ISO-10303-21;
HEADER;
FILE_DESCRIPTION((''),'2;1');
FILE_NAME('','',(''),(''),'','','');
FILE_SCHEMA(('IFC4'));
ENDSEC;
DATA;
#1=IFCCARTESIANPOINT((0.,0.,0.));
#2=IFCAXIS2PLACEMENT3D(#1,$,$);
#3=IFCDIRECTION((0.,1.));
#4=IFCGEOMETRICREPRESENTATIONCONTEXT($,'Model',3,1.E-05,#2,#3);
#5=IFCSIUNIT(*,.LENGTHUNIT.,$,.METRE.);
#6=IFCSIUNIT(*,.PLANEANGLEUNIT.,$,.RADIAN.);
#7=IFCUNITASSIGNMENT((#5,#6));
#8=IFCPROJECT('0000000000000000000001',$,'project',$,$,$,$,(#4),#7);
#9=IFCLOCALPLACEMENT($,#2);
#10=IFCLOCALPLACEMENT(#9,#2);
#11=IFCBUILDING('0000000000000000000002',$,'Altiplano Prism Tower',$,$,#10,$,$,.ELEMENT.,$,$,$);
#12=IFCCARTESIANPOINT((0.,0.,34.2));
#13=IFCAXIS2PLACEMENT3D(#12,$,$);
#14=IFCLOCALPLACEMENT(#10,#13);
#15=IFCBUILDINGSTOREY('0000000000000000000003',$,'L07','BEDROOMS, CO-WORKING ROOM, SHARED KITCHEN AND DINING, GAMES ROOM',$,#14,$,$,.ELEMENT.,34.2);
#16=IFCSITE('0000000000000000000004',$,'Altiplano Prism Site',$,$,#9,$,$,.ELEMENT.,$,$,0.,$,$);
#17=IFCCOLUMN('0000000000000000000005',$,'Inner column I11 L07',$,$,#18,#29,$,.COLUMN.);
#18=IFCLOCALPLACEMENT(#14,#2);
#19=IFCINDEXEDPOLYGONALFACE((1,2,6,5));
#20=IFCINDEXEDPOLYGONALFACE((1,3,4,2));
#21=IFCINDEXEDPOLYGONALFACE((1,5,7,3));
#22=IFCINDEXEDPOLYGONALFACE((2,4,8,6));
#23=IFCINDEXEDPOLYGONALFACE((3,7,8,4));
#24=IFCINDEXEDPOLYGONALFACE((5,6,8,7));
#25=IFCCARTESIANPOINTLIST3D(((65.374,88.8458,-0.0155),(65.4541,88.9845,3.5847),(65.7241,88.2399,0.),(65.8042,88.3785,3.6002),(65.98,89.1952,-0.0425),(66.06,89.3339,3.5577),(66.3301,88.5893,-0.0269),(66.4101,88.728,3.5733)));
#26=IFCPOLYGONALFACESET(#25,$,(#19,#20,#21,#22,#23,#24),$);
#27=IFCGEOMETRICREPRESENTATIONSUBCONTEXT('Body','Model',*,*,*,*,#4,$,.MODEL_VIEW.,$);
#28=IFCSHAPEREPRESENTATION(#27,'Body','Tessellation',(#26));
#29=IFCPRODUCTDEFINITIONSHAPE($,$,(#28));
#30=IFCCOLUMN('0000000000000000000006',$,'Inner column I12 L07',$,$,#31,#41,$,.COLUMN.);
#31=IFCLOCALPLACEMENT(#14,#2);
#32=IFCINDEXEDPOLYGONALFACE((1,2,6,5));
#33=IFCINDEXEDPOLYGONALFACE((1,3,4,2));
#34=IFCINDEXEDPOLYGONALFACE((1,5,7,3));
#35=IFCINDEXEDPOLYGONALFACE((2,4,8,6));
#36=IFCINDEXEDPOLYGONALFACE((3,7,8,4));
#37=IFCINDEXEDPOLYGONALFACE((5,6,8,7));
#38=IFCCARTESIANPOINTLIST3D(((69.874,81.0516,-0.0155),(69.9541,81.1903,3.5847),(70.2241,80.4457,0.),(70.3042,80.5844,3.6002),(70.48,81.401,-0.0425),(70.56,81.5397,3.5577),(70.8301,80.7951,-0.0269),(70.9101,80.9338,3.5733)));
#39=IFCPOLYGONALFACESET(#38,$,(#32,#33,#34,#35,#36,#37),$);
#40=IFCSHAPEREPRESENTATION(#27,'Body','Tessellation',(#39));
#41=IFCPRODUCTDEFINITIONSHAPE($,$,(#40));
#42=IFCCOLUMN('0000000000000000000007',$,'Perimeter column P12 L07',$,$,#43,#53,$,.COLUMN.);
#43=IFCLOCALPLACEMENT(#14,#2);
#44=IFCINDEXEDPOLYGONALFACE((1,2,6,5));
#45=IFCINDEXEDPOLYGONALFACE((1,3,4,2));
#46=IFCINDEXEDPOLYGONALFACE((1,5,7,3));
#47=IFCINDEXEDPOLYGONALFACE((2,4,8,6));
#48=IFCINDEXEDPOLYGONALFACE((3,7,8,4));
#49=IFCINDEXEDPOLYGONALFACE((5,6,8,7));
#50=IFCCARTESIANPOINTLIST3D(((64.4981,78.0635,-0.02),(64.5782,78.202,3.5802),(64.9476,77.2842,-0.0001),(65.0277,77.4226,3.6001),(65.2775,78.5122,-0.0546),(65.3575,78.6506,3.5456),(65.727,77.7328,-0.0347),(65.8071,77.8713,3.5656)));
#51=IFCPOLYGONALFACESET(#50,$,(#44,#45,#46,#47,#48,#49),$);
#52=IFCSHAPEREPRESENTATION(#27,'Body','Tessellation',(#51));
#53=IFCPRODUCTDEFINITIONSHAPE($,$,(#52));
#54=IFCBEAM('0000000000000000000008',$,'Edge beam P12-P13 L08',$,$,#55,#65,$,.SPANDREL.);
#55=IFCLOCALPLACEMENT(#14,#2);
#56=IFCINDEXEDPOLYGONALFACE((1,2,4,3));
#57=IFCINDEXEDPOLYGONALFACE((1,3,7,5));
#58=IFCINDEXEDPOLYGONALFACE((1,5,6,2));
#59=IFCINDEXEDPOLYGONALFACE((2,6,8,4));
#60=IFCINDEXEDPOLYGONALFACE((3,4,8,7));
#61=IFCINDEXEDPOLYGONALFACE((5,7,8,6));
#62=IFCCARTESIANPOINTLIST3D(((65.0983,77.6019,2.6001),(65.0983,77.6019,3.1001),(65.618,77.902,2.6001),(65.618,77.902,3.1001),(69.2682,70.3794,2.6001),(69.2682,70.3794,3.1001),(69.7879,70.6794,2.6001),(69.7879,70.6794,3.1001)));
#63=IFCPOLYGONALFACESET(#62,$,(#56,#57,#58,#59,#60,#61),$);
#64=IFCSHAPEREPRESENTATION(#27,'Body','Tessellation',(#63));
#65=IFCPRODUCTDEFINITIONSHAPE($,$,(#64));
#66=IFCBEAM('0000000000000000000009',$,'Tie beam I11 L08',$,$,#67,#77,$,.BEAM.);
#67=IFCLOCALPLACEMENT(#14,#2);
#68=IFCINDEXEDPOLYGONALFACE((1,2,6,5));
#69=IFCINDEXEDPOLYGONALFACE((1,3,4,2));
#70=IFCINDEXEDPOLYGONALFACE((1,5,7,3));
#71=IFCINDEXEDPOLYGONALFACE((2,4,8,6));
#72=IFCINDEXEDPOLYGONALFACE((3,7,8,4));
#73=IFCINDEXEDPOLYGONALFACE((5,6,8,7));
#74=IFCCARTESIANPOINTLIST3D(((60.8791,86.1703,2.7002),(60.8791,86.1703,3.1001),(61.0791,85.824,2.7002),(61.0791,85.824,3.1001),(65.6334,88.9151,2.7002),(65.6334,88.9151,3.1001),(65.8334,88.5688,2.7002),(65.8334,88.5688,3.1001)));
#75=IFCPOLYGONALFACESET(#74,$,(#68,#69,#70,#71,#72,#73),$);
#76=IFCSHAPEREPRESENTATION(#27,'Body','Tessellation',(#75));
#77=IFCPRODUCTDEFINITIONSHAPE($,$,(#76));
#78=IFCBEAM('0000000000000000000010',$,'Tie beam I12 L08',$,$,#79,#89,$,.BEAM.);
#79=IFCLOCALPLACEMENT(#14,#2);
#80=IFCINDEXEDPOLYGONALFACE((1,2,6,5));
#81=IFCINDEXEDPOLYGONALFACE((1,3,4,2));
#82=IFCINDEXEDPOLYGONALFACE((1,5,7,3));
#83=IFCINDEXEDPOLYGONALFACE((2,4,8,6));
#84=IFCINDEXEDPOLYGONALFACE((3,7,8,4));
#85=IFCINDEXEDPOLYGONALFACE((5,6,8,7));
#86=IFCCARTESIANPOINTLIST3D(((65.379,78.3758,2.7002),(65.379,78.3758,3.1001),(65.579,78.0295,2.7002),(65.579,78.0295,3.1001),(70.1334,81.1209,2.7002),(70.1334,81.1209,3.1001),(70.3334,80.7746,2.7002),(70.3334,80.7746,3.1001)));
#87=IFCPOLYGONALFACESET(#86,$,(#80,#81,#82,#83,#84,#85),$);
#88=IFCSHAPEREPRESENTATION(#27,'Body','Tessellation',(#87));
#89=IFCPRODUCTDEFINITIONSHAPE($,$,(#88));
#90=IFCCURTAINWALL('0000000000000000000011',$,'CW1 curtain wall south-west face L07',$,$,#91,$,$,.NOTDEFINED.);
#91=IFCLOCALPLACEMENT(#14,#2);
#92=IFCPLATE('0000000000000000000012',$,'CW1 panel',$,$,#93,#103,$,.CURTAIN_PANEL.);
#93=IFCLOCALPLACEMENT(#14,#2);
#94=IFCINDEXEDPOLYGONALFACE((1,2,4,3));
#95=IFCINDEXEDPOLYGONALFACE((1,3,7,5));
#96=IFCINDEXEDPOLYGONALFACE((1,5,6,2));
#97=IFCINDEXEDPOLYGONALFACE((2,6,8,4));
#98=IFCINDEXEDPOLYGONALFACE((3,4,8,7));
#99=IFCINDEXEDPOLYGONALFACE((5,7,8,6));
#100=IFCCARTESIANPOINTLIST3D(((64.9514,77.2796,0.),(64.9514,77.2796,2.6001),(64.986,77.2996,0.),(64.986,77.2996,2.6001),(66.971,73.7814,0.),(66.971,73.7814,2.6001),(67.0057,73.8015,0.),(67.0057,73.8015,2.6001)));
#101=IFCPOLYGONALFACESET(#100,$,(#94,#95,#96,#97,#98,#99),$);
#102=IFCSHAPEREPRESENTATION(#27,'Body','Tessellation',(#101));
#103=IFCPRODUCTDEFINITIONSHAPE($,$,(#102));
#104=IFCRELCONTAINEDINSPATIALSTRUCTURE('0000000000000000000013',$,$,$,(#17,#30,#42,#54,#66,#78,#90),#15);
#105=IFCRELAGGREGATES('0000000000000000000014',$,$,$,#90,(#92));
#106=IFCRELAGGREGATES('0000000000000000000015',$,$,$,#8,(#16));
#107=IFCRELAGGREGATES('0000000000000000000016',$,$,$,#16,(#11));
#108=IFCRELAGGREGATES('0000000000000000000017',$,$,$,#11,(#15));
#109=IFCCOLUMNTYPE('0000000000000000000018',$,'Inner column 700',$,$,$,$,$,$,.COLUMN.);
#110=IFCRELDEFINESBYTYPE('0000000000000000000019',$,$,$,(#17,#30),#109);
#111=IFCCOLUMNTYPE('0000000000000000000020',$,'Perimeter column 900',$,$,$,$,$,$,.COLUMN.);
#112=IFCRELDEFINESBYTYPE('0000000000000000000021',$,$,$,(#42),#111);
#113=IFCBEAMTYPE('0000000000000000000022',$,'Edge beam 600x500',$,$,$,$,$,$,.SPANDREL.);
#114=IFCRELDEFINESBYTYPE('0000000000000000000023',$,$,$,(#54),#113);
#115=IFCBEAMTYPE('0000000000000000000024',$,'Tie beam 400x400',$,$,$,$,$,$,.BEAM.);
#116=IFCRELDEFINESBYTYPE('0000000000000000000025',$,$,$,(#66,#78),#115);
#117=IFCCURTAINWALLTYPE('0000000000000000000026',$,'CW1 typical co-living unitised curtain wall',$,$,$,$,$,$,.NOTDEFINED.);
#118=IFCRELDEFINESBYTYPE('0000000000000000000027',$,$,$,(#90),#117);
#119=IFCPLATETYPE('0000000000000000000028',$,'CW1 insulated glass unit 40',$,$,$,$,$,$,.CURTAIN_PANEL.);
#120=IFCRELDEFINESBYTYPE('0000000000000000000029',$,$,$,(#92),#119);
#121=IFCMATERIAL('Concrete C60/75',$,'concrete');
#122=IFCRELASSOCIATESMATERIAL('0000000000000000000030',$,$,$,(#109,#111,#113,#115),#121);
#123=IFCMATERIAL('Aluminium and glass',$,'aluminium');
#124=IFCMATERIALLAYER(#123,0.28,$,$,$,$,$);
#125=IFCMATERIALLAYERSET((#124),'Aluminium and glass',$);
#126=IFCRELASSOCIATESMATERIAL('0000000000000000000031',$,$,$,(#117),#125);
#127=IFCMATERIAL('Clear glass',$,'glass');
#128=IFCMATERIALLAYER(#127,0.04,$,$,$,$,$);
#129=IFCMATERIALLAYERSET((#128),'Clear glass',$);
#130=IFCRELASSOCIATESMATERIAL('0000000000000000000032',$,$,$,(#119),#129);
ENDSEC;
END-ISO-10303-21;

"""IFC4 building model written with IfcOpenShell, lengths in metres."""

from ifc_helpers import new_model, si_unit, direction, frame, origin, origin_2d, place, context, subcontext, project, spatial, rectangle, extrude, material, layer, layer_set, material_profile, profile_set, type_object, element, aggregate, save


model = new_model("IFC4")

# Units and contexts
model_context = context("Model", 3, precision=1e-05, world=origin(), true_north=direction((0.0, 1.0)))
body_context = subcontext(model_context, "Body", "Model", "MODEL_VIEW")
ifc_project = project(units=[si_unit("LENGTHUNIT", "METRE"), si_unit("PLANEANGLEUNIT", "RADIAN")], contexts=[model_context])

# Site, building, storey
site_placement = place(None, origin())
site = spatial("IfcSite", under=ifc_project, at=site_placement, Name="Altiplano Prism Site", CompositionType="ELEMENT", RefElevation=0.0)
building_placement = place(site_placement, origin())
building = spatial("IfcBuilding", under=site, at=building_placement, Name="Altiplano Prism Tower", CompositionType="ELEMENT")
storey_placement = place(building_placement, frame((0.0, 0.0, 34.2)))
storey = spatial("IfcBuildingStorey", under=building, at=storey_placement, Name="L07", Description="BEDROOMS, CO-WORKING ROOM, SHARED KITCHEN AND DINING, GAMES ROOM", CompositionType="ELEMENT", Elevation=34.2)

# Columns
ifc_material_1 = material(Name="Concrete C60/75", Category="concrete")
ifc_material_profile_1 = material_profile(ifc_material_1, rectangle(XDim=0.7, YDim=0.7, at=origin_2d()), Name="Inner column 700")
ifc_profile_set_1 = profile_set([ifc_material_profile_1], Name="Concrete C60/75")
column_type_1 = type_object("IfcColumnType", Name="Inner column 700", PredefinedType="COLUMN", material=ifc_profile_set_1)
for number, where, z_axis, x_axis, name in (
    (1, (65.8521, 88.7175, -0.0212), (0.022221, 0.038481, 0.999012), (-0.865642, -0.499182, 0.038483), "Inner column I11 L07"),
    (2, (70.3521, 80.9233, -0.0212), (0.022221, 0.038481, 0.999012), (-0.865639, -0.499187, 0.038483), "Inner column I12 L07"),
):
    element("IfcColumn", number, at=place(storey_placement, frame(where, z_axis=z_axis, x_axis=x_axis)), inside=storey, type_object=column_type_1, Name=name, PredefinedType="COLUMN", context=body_context, shape_type="SweptSolid", body=[
        extrude(rectangle(XDim=0.7, YDim=0.7, at=origin_2d()), origin(), (0.0, 0.0, 1.0), 3.6038),
    ])
ifc_material_profile_2 = material_profile(ifc_material_1, rectangle(XDim=0.8999, YDim=0.8999, at=origin_2d()), Name="Perimeter column 900")
ifc_profile_set_2 = profile_set([ifc_material_profile_2], Name="Concrete C60/75")
column_type_2 = type_object("IfcColumnType", Name="Perimeter column 900", PredefinedType="COLUMN", material=ifc_profile_set_2)
column_placement = place(storey_placement, frame((65.1125, 77.8982, -0.0273), z_axis=(0.022221, 0.038413, 0.999015), x_axis=(-0.866021, -0.498528, 0.038432)))
element("IfcColumn", 3, at=column_placement, inside=storey, type_object=column_type_2, Name="Perimeter column P12 L07", PredefinedType="COLUMN", context=body_context, shape_type="SweptSolid", body=[
    extrude(rectangle(XDim=0.8999, YDim=0.8999, at=origin_2d()), origin(), (0.0, 0.0, 1.0), 3.6038),
])

# Beams
ifc_material_profile_3 = material_profile(ifc_material_1, rectangle(XDim=0.6001, YDim=0.5, at=origin_2d()), Name="Edge beam 600x500")
ifc_profile_set_3 = profile_set([ifc_material_profile_3], Name="Concrete C60/75")
beam_type_1 = type_object("IfcBeamType", Name="Edge beam 600x500", PredefinedType="SPANDREL", material=ifc_profile_set_3)
beam_1_placement = place(storey_placement, frame((65.3582, 77.752, 2.8501), z_axis=(0.499993, -0.86603, 0.0), x_axis=(0.86603, 0.499993, 0.0)))
element("IfcBeam", 4, at=beam_1_placement, inside=storey, type_object=beam_type_1, Name="Edge beam P12-P13 L08", PredefinedType="SPANDREL", context=body_context, shape_type="SweptSolid", body=[
    extrude(rectangle(XDim=0.6001, YDim=0.5, at=origin_2d()), origin(), (0.0, 0.0, 1.0), 8.3398),
])
ifc_material_profile_4 = material_profile(ifc_material_1, rectangle(XDim=0.3999, YDim=0.3999, at=origin_2d()), Name="Tie beam 400x400")
ifc_profile_set_4 = profile_set([ifc_material_profile_4], Name="Concrete C60/75")
beam_type_2 = type_object("IfcBeamType", Name="Tie beam 400x400", PredefinedType="BEAM", material=ifc_profile_set_4)
beam_2_placement = place(storey_placement, frame((65.7334, 88.7419, 2.9001), z_axis=(-0.866032, -0.499989, 0.0), x_axis=(0.499989, -0.866032, 0.0)))
element("IfcBeam", 5, at=beam_2_placement, inside=storey, type_object=beam_type_2, Name="Tie beam I11 L08", PredefinedType="BEAM", context=body_context, shape_type="SweptSolid", body=[
    extrude(rectangle(XDim=0.3999, YDim=0.3999, at=origin_2d()), origin(), (0.0, 0.0, 1.0), 5.4897),
])
beam_3_placement = place(storey_placement, frame((70.2334, 80.9478, 2.9001), z_axis=(-0.866012, -0.500023, 0.0), x_axis=(0.500023, -0.866012, 0.0)))
element("IfcBeam", 6, at=beam_3_placement, inside=storey, type_object=beam_type_2, Name="Tie beam I12 L08", PredefinedType="BEAM", context=body_context, shape_type="SweptSolid", body=[
    extrude(rectangle(XDim=0.3999, YDim=0.3999, at=origin_2d()), origin(), (0.0, 0.0, 1.0), 5.49),
])

# Curtain wall, plate
ifc_material_2 = material(Name="Aluminium and glass", Category="aluminium")
ifc_layer_1 = layer(ifc_material_2, 0.28)
ifc_layer_set_1 = layer_set([ifc_layer_1], Name="Aluminium and glass")
curtain_wall_type = type_object("IfcCurtainWallType", Name="CW1 typical co-living unitised curtain wall", PredefinedType="NOTDEFINED", material=ifc_layer_set_1)
curtain_wall_placement = place(storey_placement, origin())
curtain_wall = element("IfcCurtainWall", 7, at=curtain_wall_placement, inside=storey, type_object=curtain_wall_type, Name="CW1 curtain wall south-west face L07", PredefinedType="NOTDEFINED")
ifc_material_3 = material(Name="Clear glass", Category="glass")
ifc_layer_2 = layer(ifc_material_3, 0.04)
ifc_layer_set_2 = layer_set([ifc_layer_2], Name="Clear glass")
plate_type = type_object("IfcPlateType", Name="CW1 insulated glass unit 40", PredefinedType="CURTAIN_PANEL", material=ifc_layer_set_2)
plate_placement = place(storey_placement, frame((65.9785, 75.5405, 0.0), z_axis=(0.0, 0.0, 1.0), x_axis=(0.5, -0.866025, 0.0)))
plate = element("IfcPlate", 8, at=plate_placement, type_object=plate_type, Name="CW1 panel", PredefinedType="CURTAIN_PANEL", context=body_context, shape_type="SweptSolid", body=[
    extrude(rectangle(XDim=4.0393, YDim=0.04, at=origin_2d()), origin(), (0.0, 0.0, 1.0), 2.6001),
])
aggregate(curtain_wall, [plate])

save(model, "model.ifc")
